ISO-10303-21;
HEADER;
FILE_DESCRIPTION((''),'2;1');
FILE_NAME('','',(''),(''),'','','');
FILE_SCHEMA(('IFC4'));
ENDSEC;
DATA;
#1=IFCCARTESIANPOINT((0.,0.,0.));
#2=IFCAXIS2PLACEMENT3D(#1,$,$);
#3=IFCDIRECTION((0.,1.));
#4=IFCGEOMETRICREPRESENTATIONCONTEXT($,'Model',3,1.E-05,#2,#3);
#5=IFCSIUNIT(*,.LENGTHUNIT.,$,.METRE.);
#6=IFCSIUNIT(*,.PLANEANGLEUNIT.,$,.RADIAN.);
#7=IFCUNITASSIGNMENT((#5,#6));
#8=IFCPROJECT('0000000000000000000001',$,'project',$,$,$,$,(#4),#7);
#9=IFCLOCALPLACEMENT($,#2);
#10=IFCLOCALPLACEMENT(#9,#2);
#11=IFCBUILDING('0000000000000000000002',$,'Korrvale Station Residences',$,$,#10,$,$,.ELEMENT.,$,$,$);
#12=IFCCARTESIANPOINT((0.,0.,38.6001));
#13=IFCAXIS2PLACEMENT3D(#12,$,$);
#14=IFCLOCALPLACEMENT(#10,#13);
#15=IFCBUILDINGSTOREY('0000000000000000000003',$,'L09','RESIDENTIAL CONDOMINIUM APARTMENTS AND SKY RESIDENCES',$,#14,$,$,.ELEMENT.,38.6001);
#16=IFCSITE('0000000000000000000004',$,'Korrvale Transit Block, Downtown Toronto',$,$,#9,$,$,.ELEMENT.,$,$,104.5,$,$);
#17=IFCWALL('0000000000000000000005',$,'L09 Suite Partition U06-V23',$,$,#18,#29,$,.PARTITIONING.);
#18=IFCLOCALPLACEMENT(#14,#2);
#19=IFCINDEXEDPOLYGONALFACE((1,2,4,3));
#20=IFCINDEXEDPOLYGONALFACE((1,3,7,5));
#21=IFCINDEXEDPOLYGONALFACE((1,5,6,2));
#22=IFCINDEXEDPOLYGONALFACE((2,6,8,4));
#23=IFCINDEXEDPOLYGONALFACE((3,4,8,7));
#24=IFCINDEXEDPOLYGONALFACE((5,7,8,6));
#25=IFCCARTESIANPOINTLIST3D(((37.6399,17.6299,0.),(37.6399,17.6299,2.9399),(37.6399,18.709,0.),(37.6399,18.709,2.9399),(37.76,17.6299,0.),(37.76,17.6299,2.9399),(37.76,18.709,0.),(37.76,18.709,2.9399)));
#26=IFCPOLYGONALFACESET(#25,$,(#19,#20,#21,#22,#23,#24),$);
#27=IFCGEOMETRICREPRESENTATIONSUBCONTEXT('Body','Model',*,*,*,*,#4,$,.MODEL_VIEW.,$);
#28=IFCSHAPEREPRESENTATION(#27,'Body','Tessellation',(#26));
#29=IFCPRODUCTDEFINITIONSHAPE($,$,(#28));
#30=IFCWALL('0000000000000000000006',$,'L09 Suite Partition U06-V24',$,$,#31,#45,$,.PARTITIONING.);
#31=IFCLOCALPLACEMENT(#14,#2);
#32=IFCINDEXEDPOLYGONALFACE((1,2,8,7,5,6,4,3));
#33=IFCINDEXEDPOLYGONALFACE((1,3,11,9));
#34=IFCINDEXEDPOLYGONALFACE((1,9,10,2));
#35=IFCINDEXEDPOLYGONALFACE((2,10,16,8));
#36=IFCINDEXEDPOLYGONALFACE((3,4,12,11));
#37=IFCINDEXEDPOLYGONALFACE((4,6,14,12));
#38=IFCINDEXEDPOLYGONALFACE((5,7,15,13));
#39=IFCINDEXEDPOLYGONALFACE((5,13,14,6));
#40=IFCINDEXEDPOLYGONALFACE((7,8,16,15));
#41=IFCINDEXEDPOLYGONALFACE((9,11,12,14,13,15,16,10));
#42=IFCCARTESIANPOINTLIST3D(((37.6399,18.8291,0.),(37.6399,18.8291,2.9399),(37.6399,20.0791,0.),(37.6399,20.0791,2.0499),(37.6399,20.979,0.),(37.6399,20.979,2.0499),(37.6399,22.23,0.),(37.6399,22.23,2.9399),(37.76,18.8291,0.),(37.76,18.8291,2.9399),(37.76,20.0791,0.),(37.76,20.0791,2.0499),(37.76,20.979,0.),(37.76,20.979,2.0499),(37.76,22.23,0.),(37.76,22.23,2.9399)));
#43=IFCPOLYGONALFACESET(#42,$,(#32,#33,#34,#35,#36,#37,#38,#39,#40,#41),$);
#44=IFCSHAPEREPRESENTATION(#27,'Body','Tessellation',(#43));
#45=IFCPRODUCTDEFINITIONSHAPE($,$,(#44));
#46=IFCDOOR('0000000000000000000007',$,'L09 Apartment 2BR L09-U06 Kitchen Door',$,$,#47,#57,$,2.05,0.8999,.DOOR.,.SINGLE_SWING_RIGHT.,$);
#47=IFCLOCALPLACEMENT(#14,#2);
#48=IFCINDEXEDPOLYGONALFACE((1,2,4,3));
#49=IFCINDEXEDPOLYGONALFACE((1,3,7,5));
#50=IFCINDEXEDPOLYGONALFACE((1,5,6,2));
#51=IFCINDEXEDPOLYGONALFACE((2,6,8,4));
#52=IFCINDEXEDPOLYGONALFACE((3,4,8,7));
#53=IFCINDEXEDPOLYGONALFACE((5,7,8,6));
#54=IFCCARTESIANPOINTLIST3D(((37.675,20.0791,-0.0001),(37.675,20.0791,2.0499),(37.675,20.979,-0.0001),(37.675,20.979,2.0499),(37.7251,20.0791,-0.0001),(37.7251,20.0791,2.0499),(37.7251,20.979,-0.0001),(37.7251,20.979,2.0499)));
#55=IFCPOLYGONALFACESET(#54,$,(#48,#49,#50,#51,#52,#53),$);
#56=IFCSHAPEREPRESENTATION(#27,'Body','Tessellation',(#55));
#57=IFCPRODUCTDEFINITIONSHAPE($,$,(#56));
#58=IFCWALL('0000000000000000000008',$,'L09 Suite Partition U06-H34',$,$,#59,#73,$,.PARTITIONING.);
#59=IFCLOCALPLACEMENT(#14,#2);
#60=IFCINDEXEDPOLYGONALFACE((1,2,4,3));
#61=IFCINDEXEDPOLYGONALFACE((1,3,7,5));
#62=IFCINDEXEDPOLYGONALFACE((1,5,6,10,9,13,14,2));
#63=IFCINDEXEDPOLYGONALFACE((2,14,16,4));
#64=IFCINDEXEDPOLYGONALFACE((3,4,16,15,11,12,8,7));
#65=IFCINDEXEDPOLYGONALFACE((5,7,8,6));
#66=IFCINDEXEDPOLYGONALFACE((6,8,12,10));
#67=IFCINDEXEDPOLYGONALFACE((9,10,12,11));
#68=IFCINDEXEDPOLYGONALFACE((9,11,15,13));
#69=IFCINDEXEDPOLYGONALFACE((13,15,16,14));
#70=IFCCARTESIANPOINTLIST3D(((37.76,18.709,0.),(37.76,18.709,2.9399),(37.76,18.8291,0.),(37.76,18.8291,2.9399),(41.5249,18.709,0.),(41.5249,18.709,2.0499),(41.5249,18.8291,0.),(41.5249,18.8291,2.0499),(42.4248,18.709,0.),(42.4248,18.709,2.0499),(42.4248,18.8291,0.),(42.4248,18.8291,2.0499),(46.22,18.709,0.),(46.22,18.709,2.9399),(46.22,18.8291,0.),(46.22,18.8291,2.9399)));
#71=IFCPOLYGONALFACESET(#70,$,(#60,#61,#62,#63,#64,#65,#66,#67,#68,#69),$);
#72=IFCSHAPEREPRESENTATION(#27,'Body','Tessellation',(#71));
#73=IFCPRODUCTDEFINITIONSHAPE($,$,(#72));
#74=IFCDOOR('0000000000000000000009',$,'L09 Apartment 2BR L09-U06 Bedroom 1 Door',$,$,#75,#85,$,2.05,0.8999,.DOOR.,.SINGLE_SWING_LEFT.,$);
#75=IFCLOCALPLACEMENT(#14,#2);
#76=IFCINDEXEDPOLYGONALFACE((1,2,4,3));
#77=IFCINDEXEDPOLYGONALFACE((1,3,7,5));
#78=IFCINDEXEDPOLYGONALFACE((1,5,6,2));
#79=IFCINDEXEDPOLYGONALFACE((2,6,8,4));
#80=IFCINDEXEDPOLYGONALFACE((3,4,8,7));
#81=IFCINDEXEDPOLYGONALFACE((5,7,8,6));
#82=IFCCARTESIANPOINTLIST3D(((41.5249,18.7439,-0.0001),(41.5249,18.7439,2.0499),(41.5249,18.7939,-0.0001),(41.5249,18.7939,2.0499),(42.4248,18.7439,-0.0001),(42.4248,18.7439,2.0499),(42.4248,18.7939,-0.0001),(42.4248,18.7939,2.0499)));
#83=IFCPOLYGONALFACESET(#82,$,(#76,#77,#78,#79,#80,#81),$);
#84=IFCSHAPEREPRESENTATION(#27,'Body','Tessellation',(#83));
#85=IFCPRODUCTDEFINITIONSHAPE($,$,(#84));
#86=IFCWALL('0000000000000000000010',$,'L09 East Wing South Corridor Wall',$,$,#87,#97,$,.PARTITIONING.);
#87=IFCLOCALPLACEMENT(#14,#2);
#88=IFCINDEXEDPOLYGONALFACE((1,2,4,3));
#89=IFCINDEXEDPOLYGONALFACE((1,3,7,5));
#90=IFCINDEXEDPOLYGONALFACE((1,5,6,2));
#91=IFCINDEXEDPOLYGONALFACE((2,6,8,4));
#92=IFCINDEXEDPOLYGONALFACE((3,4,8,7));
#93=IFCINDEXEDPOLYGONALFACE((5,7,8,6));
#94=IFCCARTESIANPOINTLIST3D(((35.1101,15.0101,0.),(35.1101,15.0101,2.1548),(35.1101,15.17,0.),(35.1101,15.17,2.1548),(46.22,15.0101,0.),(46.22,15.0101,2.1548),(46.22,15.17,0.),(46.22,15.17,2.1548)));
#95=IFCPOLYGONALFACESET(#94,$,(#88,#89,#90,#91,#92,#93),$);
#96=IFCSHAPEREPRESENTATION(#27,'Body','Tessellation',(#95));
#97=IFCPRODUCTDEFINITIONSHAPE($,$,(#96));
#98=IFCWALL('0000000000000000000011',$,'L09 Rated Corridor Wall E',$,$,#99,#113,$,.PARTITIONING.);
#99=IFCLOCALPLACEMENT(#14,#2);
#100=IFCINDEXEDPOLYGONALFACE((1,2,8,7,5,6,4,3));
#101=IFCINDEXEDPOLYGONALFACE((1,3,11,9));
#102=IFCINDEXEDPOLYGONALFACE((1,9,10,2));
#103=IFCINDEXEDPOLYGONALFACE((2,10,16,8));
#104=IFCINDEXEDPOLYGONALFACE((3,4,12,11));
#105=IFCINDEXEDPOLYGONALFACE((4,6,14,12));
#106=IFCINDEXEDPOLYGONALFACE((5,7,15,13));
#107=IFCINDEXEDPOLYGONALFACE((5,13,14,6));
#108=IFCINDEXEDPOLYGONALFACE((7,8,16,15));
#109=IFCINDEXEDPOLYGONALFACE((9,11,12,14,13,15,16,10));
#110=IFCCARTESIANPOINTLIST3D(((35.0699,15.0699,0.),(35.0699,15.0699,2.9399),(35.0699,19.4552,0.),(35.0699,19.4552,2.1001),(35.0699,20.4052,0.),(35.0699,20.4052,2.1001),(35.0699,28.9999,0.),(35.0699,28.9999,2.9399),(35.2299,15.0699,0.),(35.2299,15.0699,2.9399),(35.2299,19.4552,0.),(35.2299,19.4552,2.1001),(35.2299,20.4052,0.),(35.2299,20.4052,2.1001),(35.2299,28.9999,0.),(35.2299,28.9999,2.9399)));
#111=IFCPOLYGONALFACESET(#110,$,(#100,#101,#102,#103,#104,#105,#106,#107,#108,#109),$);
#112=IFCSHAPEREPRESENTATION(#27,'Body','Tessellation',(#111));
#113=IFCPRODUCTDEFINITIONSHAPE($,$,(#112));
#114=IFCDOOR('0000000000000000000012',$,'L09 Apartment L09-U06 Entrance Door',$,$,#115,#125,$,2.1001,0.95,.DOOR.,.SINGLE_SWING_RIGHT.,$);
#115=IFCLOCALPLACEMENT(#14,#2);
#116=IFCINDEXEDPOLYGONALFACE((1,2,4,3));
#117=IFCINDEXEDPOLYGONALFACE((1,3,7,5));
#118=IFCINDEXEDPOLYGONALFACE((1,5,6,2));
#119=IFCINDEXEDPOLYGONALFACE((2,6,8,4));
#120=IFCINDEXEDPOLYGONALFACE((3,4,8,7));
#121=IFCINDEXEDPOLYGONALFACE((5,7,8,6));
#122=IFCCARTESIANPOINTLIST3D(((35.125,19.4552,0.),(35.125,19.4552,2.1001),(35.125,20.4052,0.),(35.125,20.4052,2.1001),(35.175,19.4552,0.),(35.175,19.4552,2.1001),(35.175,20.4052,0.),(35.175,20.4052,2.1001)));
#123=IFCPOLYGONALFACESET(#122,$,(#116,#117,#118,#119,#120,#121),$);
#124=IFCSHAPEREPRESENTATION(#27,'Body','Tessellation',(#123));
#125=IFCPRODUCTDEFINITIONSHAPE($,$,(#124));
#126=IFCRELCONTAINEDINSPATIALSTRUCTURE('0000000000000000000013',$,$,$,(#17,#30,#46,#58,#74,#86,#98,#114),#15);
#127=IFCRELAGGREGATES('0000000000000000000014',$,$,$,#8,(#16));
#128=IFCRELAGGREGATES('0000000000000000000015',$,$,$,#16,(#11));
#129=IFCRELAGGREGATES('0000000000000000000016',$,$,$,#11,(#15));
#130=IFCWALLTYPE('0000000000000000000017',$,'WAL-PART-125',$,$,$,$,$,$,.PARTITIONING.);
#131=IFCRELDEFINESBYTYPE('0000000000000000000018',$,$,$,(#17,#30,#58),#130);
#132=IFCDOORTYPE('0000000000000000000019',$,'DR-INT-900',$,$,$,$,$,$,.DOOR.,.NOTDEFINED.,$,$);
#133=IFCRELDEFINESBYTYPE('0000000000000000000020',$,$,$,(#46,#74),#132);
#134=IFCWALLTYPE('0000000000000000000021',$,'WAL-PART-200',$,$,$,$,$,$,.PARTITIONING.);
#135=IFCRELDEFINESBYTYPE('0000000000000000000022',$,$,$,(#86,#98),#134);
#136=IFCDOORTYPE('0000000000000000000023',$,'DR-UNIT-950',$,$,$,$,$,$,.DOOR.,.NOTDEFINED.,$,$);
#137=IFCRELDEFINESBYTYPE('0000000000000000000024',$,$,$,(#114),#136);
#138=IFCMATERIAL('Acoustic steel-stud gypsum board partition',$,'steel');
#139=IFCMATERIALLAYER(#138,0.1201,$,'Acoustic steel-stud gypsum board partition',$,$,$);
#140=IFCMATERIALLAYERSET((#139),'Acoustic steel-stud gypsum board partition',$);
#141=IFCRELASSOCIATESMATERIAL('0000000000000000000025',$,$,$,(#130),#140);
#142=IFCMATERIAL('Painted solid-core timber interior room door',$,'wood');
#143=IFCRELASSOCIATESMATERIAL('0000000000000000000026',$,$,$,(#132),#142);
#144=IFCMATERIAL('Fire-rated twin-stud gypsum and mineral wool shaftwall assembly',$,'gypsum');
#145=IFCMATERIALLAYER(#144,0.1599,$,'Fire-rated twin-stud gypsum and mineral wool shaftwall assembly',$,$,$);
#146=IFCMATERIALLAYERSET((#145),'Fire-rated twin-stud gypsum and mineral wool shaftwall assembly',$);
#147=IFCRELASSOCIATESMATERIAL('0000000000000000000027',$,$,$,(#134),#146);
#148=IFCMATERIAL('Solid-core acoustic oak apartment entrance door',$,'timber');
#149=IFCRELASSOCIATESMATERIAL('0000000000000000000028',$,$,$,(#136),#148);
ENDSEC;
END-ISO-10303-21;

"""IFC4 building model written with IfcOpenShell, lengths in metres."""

from ifc_helpers import new_model, si_unit, direction, frame, frame_2d, origin, place, context, subcontext, project, spatial, rectangle, extrude, material, layer, layer_set, type_object, element, fill, save


model = new_model("IFC4")

# Units and contexts
model_context = context("Model", 3, precision=1e-05, world=origin(), true_north=direction((0.0, 1.0)))
body_context = subcontext(model_context, "Body", "Model", "MODEL_VIEW")
ifc_project = project(units=[si_unit("LENGTHUNIT", "METRE"), si_unit("PLANEANGLEUNIT", "RADIAN")], contexts=[model_context])

# Site, building, storey
site_placement = place(None, origin())
site = spatial("IfcSite", under=ifc_project, at=site_placement, Name="Korrvale Transit Block, Downtown Toronto", CompositionType="ELEMENT", RefElevation=104.5)
building_placement = place(site_placement, origin())
building = spatial("IfcBuilding", under=site, at=building_placement, Name="Korrvale Station Residences", CompositionType="ELEMENT")
storey_placement = place(building_placement, frame((0.0, 0.0, 38.6001)))
storey = spatial("IfcBuildingStorey", under=building, at=storey_placement, Name="L09", Description="RESIDENTIAL CONDOMINIUM APARTMENTS AND SKY RESIDENCES", CompositionType="ELEMENT", Elevation=38.6001)

# Shared definitions
ifc_material_1 = material(Name="Acoustic steel-stud gypsum board partition", Category="steel")
ifc_layer_1 = layer(ifc_material_1, 0.1201, Name="Acoustic steel-stud gypsum board partition")
ifc_layer_set_1 = layer_set([ifc_layer_1], Name="Acoustic steel-stud gypsum board partition")
wall_type_1 = type_object("IfcWallType", Name="WAL-PART-125", PredefinedType="PARTITIONING", material=ifc_layer_set_1)
ifc_material_2 = material(Name="Painted solid-core timber interior room door", Category="wood")
door_type_1 = type_object("IfcDoorType", Name="DR-INT-900", OperationType="NOTDEFINED", PredefinedType="DOOR", material=ifc_material_2)

# Wall
wall_1_placement = place(storey_placement, frame((37.7, 17.6299, 0.0), z_axis=(0.0, 0.0, 1.0), x_axis=(0.0, 1.0, 0.0)))
element("IfcWall", 1, at=wall_1_placement, inside=storey, type_object=wall_type_1, Name="L09 Suite Partition U06-V23", PredefinedType="PARTITIONING", context=body_context, shape_type="SweptSolid", body=[
    extrude(rectangle(XDim=1.0791, YDim=0.1201, at=frame_2d((0.5396, 0.0))), origin(), (0.0, 0.0, 1.0), 2.9399),
])

# Walls, openings, doors
wall_2_placement = place(storey_placement, frame((37.7, 18.8291, 0.0), z_axis=(0.0, 0.0, 1.0), x_axis=(0.0, 1.0, 0.0)))
wall_2 = element("IfcWall", 2, at=wall_2_placement, inside=storey, type_object=wall_type_1, Name="L09 Suite Partition U06-V24", PredefinedType="PARTITIONING", context=body_context, shape_type="SweptSolid", body=[
    extrude(rectangle(XDim=3.4009, YDim=0.1201, at=frame_2d((1.7004, 0.0))), origin(), (0.0, 0.0, 1.0), 2.9399),
])
opening_1_placement = place(wall_2_placement, frame((1.25, 0.0, 0.0)))
opening_1 = element("IfcOpeningElement", 3, at=opening_1_placement, cuts=wall_2, PredefinedType="OPENING", context=body_context, shape_type="SweptSolid", body=[
    extrude(rectangle(XDim=0.8999, YDim=2.05, at=frame_2d((0.45, 1.0249))), frame((0.0, 0.0701, 0.0), z_axis=(0.0, -1.0, 0.0), x_axis=(1.0, 0.0, 0.0)), (0.0, 0.0, 1.0), 0.1401),
])
door_1_placement = place(opening_1_placement, origin())
door_1 = element("IfcDoor", 4, at=door_1_placement, inside=storey, type_object=door_type_1, Name="L09 Apartment 2BR L09-U06 Kitchen Door", OperationType="SINGLE_SWING_RIGHT", OverallHeight=2.05, OverallWidth=0.8999, PredefinedType="DOOR", context=body_context, shape_type="SweptSolid", body=[
    extrude(rectangle(XDim=0.8999, YDim=2.05, at=frame_2d((0.45, 1.0249))), frame((0.0, 0.0249, 0.0), z_axis=(0.0, -1.0, 0.0), x_axis=(1.0, 0.0, 0.0)), (0.0, 0.0, 1.0), 0.05),
])
fill(opening_1, door_1)
wall_3_placement = place(storey_placement, frame((37.76, 18.769, 0.0), z_axis=(0.0, 0.0, 1.0), x_axis=(1.0, 0.0, 0.0)))
wall_3 = element("IfcWall", 5, at=wall_3_placement, inside=storey, type_object=wall_type_1, Name="L09 Suite Partition U06-H34", PredefinedType="PARTITIONING", context=body_context, shape_type="SweptSolid", body=[
    extrude(rectangle(XDim=8.46, YDim=0.1201, at=frame_2d((4.23, 0.0))), origin(), (0.0, 0.0, 1.0), 2.9399),
])
opening_2_placement = place(wall_3_placement, frame((3.7649, 0.0, 0.0)))
opening_2 = element("IfcOpeningElement", 6, at=opening_2_placement, cuts=wall_3, PredefinedType="OPENING", context=body_context, shape_type="SweptSolid", body=[
    extrude(rectangle(XDim=0.8999, YDim=2.05, at=frame_2d((0.45, 1.0249))), frame((0.0, 0.0701, 0.0), z_axis=(0.0, -1.0, 0.0), x_axis=(1.0, 0.0, 0.0)), (0.0, 0.0, 1.0), 0.1401),
])
door_2_placement = place(opening_2_placement, origin())
door_2 = element("IfcDoor", 7, at=door_2_placement, inside=storey, type_object=door_type_1, Name="L09 Apartment 2BR L09-U06 Bedroom 1 Door", OperationType="SINGLE_SWING_LEFT", OverallHeight=2.05, OverallWidth=0.8999, PredefinedType="DOOR", context=body_context, shape_type="SweptSolid", body=[
    extrude(rectangle(XDim=0.8999, YDim=2.05, at=frame_2d((0.45, 1.0249))), frame((0.0, 0.0249, 0.0), z_axis=(0.0, -1.0, 0.0), x_axis=(1.0, 0.0, 0.0)), (0.0, 0.0, 1.0), 0.05),
])
fill(opening_2, door_2)

# Wall
ifc_material_3 = material(Name="Fire-rated twin-stud gypsum and mineral wool shaftwall assembly", Category="gypsum")
ifc_layer_2 = layer(ifc_material_3, 0.1599, Name="Fire-rated twin-stud gypsum and mineral wool shaftwall assembly")
ifc_layer_set_2 = layer_set([ifc_layer_2], Name="Fire-rated twin-stud gypsum and mineral wool shaftwall assembly")
wall_type_2 = type_object("IfcWallType", Name="WAL-PART-200", PredefinedType="PARTITIONING", material=ifc_layer_set_2)
wall_4_placement = place(storey_placement, frame((35.1101, 15.0901, 0.0), z_axis=(0.0, 0.0, 1.0), x_axis=(1.0, 0.0, 0.0)))
element("IfcWall", 8, at=wall_4_placement, inside=storey, type_object=wall_type_2, Name="L09 East Wing South Corridor Wall", PredefinedType="PARTITIONING", context=body_context, shape_type="SweptSolid", body=[
    extrude(rectangle(XDim=11.1099, YDim=0.1599, at=frame_2d((5.5549, 0.0))), origin(), (0.0, 0.0, 1.0), 2.1548),
])

# Wall, opening, door
wall_5_placement = place(storey_placement, frame((35.1499, 15.0701, 0.0), z_axis=(0.0, 0.0, 1.0), x_axis=(0.0, 1.0, 0.0)))
wall_5 = element("IfcWall", 9, at=wall_5_placement, inside=storey, type_object=wall_type_2, Name="L09 Rated Corridor Wall E", PredefinedType="PARTITIONING", context=body_context, shape_type="SweptSolid", body=[
    extrude(rectangle(XDim=13.9299, YDim=0.1599, at=frame_2d((6.9648, 0.0))), origin(), (0.0, 0.0, 1.0), 2.9399),
])
opening_3_placement = place(wall_5_placement, frame((4.385, 0.0, 0.0)))
opening_3 = element("IfcOpeningElement", 10, at=opening_3_placement, cuts=wall_5, PredefinedType="OPENING", context=body_context, shape_type="SweptSolid", body=[
    extrude(rectangle(XDim=0.95, YDim=2.1001, at=frame_2d((0.4751, 1.05))), frame((0.0, 0.0898, 0.0), z_axis=(0.0, -1.0, 0.0), x_axis=(1.0, 0.0, 0.0)), (0.0, 0.0, 1.0), 0.1799),
])
ifc_material_4 = material(Name="Solid-core acoustic oak apartment entrance door", Category="timber")
door_type_2 = type_object("IfcDoorType", Name="DR-UNIT-950", OperationType="NOTDEFINED", PredefinedType="DOOR", material=ifc_material_4)
door_3_placement = place(opening_3_placement, origin())
door_3 = element("IfcDoor", 11, at=door_3_placement, inside=storey, type_object=door_type_2, Name="L09 Apartment L09-U06 Entrance Door", OperationType="SINGLE_SWING_RIGHT", OverallHeight=2.1001, OverallWidth=0.95, PredefinedType="DOOR", context=body_context, shape_type="SweptSolid", body=[
    extrude(rectangle(XDim=0.95, YDim=2.1001, at=frame_2d((0.4751, 1.05))), frame((0.0, 0.0249, 0.0), z_axis=(0.0, -1.0, 0.0), x_axis=(1.0, 0.0, 0.0)), (0.0, 0.0, 1.0), 0.05),
])
fill(opening_3, door_3)

save(model, "model.ifc")
